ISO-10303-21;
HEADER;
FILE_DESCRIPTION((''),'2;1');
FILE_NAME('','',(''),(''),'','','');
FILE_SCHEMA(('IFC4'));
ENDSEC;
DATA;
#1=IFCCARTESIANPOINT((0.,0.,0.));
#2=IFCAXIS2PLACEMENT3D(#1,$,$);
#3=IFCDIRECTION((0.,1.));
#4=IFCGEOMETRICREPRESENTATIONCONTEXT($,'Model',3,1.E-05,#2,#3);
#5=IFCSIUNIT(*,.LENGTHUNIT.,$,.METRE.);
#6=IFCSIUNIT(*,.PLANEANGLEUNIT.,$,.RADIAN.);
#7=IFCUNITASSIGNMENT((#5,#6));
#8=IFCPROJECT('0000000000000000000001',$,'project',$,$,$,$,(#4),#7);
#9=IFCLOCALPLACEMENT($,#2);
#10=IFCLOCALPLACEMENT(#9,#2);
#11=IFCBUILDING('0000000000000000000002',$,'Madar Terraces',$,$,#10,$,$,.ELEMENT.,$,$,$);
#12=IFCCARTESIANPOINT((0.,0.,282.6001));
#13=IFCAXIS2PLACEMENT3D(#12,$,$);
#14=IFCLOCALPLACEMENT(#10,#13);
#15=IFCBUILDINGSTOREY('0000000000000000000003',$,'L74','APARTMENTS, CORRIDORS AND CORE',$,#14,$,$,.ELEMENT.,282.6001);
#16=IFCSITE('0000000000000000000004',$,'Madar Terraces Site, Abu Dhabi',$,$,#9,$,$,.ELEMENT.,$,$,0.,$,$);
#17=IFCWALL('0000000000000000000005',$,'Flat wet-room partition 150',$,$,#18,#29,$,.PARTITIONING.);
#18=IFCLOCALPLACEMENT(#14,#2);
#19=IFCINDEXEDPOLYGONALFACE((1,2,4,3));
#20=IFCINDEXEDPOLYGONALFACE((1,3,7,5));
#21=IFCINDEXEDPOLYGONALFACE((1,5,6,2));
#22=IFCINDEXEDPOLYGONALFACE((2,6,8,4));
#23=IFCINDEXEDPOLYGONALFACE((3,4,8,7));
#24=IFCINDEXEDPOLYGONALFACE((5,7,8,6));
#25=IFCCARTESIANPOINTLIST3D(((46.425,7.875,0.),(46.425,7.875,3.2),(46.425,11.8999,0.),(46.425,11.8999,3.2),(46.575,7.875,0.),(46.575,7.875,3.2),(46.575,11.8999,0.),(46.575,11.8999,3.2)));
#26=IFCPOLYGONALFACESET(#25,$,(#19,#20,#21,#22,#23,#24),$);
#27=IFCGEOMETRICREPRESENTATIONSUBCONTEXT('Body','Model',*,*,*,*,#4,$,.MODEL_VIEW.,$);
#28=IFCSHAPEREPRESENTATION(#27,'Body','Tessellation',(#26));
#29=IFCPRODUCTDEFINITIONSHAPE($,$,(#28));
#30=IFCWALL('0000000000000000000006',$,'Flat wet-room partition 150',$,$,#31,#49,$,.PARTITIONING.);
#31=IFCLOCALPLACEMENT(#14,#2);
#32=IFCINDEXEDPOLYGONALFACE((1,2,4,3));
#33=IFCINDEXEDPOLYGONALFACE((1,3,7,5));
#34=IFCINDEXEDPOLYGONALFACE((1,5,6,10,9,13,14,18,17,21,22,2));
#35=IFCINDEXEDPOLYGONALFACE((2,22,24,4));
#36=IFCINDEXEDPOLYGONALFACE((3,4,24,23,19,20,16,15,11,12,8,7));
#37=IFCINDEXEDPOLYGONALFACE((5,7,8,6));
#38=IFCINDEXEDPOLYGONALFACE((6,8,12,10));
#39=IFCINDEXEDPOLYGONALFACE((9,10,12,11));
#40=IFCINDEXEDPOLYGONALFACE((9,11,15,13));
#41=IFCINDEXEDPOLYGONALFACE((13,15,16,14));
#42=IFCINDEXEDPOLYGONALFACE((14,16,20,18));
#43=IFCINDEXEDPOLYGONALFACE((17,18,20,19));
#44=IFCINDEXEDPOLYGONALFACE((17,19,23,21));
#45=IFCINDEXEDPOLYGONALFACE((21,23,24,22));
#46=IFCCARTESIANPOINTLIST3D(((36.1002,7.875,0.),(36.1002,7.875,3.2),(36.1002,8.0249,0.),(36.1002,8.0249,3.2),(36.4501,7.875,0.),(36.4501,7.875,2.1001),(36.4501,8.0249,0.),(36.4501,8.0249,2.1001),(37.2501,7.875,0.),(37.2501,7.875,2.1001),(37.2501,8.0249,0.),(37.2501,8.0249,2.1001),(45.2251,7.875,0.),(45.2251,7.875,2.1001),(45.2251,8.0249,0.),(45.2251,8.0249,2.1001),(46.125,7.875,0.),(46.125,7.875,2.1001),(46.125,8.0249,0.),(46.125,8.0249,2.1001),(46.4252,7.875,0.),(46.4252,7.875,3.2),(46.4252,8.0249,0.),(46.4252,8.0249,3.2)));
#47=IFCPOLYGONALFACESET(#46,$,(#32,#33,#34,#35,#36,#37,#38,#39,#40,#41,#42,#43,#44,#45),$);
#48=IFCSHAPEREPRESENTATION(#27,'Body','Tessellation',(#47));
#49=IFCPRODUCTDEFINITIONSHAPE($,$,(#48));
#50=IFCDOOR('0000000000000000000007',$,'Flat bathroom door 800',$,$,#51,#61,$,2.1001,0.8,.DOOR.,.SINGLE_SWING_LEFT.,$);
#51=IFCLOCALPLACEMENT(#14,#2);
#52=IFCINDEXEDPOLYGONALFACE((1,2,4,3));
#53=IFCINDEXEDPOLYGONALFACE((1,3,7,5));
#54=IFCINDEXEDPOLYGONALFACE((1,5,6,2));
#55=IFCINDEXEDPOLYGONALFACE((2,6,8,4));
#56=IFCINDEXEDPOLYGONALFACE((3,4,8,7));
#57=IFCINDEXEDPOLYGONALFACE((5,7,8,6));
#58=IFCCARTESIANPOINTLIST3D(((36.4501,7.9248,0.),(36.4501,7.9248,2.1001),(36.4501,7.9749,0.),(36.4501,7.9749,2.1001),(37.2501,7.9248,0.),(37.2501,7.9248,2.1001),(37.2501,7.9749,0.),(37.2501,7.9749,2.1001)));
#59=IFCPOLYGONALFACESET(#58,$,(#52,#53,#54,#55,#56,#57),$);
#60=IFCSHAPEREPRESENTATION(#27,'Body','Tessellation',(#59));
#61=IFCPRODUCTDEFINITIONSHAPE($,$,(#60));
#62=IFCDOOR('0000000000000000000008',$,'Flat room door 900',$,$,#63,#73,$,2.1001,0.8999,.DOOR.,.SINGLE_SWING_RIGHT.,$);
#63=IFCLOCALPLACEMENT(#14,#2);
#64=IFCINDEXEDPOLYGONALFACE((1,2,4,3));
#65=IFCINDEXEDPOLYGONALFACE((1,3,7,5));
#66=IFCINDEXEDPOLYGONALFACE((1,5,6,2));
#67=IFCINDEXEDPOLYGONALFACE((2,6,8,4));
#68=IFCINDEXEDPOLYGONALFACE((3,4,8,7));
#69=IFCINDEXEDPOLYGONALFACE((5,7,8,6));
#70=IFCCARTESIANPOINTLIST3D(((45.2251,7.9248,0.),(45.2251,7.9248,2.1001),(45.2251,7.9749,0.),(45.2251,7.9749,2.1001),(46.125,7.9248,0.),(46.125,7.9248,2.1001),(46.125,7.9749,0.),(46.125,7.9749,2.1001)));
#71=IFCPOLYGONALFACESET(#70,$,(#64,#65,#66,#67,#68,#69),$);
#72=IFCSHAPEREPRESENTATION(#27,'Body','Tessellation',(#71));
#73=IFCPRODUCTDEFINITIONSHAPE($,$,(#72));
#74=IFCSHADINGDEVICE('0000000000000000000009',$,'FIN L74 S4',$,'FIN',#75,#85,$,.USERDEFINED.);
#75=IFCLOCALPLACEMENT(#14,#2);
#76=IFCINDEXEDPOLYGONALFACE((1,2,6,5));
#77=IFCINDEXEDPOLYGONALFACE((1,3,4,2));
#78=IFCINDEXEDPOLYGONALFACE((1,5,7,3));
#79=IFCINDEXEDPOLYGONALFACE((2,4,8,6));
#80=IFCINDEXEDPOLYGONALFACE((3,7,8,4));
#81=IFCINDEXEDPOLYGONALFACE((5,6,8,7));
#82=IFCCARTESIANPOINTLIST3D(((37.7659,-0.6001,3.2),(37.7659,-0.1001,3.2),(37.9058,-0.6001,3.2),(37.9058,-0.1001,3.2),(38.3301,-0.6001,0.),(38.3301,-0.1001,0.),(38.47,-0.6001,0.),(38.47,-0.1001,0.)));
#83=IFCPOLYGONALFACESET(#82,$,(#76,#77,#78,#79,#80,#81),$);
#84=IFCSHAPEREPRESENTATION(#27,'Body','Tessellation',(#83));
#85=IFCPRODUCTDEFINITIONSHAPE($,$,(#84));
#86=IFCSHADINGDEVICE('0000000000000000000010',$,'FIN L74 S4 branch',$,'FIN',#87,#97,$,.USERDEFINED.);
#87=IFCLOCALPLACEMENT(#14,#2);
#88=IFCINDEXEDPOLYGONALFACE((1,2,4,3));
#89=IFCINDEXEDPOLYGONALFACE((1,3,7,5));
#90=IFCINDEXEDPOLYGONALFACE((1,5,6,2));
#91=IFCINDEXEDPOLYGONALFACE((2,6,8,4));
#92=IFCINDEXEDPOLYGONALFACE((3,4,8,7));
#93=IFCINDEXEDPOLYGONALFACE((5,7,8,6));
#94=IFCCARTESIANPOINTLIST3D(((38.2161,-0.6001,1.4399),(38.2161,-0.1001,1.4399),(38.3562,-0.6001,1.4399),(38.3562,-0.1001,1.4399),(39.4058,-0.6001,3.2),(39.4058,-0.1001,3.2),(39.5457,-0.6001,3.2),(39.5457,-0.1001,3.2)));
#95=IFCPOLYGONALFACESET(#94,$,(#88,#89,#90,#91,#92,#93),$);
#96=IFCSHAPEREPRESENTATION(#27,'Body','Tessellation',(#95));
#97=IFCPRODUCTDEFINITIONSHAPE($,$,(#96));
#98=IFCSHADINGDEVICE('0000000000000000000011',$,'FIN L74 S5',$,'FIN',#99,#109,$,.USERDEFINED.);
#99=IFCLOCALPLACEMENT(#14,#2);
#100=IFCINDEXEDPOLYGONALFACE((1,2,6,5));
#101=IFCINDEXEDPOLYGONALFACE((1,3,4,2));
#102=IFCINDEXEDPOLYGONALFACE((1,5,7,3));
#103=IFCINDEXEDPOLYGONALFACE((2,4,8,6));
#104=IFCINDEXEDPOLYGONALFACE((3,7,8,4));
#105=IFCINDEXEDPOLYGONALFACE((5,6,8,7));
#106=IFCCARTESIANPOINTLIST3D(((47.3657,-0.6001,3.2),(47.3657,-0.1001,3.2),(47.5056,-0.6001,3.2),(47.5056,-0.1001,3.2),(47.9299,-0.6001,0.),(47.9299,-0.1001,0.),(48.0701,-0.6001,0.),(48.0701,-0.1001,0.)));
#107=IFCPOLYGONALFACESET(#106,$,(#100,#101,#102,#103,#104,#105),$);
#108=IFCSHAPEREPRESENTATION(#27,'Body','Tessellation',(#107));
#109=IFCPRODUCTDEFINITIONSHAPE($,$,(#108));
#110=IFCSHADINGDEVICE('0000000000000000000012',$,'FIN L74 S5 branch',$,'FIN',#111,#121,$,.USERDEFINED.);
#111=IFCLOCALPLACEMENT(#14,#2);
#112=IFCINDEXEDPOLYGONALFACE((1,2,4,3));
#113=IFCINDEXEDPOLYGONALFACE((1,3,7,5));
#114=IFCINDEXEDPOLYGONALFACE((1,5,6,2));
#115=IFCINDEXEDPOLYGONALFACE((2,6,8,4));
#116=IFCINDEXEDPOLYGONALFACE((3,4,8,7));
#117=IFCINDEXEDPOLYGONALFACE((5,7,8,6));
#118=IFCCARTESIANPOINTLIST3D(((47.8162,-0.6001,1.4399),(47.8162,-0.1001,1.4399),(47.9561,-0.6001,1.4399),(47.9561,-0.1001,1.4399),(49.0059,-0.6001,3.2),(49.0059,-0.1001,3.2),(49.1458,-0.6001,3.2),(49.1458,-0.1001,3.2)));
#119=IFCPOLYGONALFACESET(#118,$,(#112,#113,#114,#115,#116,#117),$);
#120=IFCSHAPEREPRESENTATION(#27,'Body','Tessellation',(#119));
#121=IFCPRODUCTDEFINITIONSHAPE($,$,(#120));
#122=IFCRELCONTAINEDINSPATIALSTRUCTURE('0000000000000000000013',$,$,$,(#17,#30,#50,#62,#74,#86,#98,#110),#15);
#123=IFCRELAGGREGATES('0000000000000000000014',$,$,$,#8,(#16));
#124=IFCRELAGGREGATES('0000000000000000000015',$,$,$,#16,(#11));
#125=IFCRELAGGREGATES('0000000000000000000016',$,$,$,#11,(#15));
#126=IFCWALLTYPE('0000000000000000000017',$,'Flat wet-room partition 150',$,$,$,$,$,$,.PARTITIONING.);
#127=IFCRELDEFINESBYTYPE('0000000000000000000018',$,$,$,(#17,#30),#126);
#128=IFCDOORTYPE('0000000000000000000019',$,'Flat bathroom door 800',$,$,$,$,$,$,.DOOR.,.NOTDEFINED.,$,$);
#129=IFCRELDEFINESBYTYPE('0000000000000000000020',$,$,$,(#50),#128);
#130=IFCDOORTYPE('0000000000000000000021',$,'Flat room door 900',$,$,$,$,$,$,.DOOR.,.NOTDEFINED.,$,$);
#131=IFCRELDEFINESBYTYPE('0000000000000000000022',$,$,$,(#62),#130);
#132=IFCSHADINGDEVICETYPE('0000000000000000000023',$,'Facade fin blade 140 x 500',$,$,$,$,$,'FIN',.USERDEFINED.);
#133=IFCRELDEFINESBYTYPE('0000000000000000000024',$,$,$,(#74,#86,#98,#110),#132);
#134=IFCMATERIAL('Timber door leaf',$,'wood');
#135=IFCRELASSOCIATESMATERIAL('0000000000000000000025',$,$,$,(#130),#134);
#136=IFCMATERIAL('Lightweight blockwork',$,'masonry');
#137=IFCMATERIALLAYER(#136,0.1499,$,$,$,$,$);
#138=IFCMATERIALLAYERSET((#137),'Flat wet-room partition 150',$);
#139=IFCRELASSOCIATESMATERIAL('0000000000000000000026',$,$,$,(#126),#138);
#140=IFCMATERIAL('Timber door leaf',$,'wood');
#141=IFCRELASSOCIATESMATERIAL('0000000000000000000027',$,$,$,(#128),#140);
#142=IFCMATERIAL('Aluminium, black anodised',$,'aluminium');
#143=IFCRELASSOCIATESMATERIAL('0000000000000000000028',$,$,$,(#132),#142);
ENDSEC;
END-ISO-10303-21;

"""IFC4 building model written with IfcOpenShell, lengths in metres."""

from ifc_helpers import new_model, si_unit, direction, frame, frame_2d, origin, place, context, subcontext, project, spatial, polyline, rectangle, outline, extrude, material, layer, layer_set, type_object, element, fill, save


model = new_model("IFC4")

# Units and contexts
model_context = context("Model", 3, precision=1e-05, world=origin(), true_north=direction((0.0, 1.0)))
body_context = subcontext(model_context, "Body", "Model", "MODEL_VIEW")
ifc_project = project(units=[si_unit("LENGTHUNIT", "METRE"), si_unit("PLANEANGLEUNIT", "RADIAN")], contexts=[model_context])

# Site, building, storey
site_placement = place(None, origin())
site = spatial("IfcSite", under=ifc_project, at=site_placement, Name="Madar Terraces Site, Abu Dhabi", CompositionType="ELEMENT", RefElevation=0.0)
building_placement = place(site_placement, origin())
building = spatial("IfcBuilding", under=site, at=building_placement, Name="Madar Terraces", CompositionType="ELEMENT")
storey_placement = place(building_placement, frame((0.0, 0.0, 282.6001)))
storey = spatial("IfcBuildingStorey", under=building, at=storey_placement, Name="L74", Description="APARTMENTS, CORRIDORS AND CORE", CompositionType="ELEMENT", Elevation=282.6001)

# Shared definitions
ifc_material_1 = material(Name="Timber door leaf", Category="wood")
door_type_1 = type_object("IfcDoorType", Name="Flat room door 900", OperationType="NOTDEFINED", PredefinedType="DOOR", material=ifc_material_1)

# Wall
ifc_material_2 = material(Name="Lightweight blockwork", Category="masonry")
ifc_layer_1 = layer(ifc_material_2, 0.1499)
ifc_layer_set_1 = layer_set([ifc_layer_1], Name="Flat wet-room partition 150")
wall_type_1 = type_object("IfcWallType", Name="Flat wet-room partition 150", PredefinedType="PARTITIONING", material=ifc_layer_set_1)
wall_1_placement = place(storey_placement, frame((46.5, 11.8999, 0.0), z_axis=(0.0, 0.0, 1.0), x_axis=(0.0, -1.0, 0.0)))
element("IfcWall", 1, at=wall_1_placement, inside=storey, type_object=wall_type_1, Name="Flat wet-room partition 150", PredefinedType="PARTITIONING", context=body_context, shape_type="SweptSolid", body=[
    extrude(rectangle(XDim=4.0249, YDim=0.1499, at=frame_2d((2.0125, 0.0))), origin(), (0.0, 0.0, 1.0), 3.2),
])

# Wall, openings, doors
wall_2_placement = place(storey_placement, frame((36.1001, 7.95, 0.0), z_axis=(0.0, 0.0, 1.0), x_axis=(1.0, 0.0, 0.0)))
wall_2 = element("IfcWall", 2, at=wall_2_placement, inside=storey, type_object=wall_type_1, Name="Flat wet-room partition 150", PredefinedType="PARTITIONING", context=body_context, shape_type="SweptSolid", body=[
    extrude(rectangle(XDim=10.325, YDim=0.1499, at=frame_2d((5.1626, 0.0))), origin(), (0.0, 0.0, 1.0), 3.2),
])
opening_1_placement = place(wall_2_placement, frame((9.125, 0.0, 0.0)))
opening_1 = element("IfcOpeningElement", 3, at=opening_1_placement, cuts=wall_2, PredefinedType="OPENING", context=body_context, shape_type="SweptSolid", body=[
    extrude(rectangle(XDim=0.8999, YDim=2.1001, at=frame_2d((0.45, 1.05))), frame((0.0, 0.085, 0.0), z_axis=(0.0, -1.0, 0.0), x_axis=(1.0, 0.0, 0.0)), (0.0, 0.0, 1.0), 0.1699),
])
opening_2_placement = place(wall_2_placement, frame((0.3501, 0.0, 0.0)))
opening_2 = element("IfcOpeningElement", 4, at=opening_2_placement, cuts=wall_2, PredefinedType="OPENING", context=body_context, shape_type="SweptSolid", body=[
    extrude(rectangle(XDim=0.8, YDim=2.1001, at=frame_2d((0.3999, 1.05))), frame((0.0, 0.085, 0.0), z_axis=(0.0, -1.0, 0.0), x_axis=(1.0, 0.0, 0.0)), (0.0, 0.0, 1.0), 0.1699),
])
ifc_material_3 = material(Name="Timber door leaf", Category="wood")
door_type_2 = type_object("IfcDoorType", Name="Flat bathroom door 800", OperationType="NOTDEFINED", PredefinedType="DOOR", material=ifc_material_3)
door_1_placement = place(opening_2_placement, origin())
door_1 = element("IfcDoor", 5, at=door_1_placement, inside=storey, type_object=door_type_2, Name="Flat bathroom door 800", OperationType="SINGLE_SWING_LEFT", OverallHeight=2.1001, OverallWidth=0.8, PredefinedType="DOOR", context=body_context, shape_type="SweptSolid", body=[
    extrude(rectangle(XDim=0.8, YDim=2.1001, at=frame_2d((0.3999, 1.05))), frame((0.0, 0.0249, 0.0), z_axis=(0.0, -1.0, 0.0), x_axis=(1.0, 0.0, 0.0)), (0.0, 0.0, 1.0), 0.05),
])
fill(opening_2, door_1)
door_2_placement = place(opening_1_placement, origin())
door_2 = element("IfcDoor", 6, at=door_2_placement, inside=storey, type_object=door_type_1, Name="Flat room door 900", OperationType="SINGLE_SWING_RIGHT", OverallHeight=2.1001, OverallWidth=0.8999, PredefinedType="DOOR", context=body_context, shape_type="SweptSolid", body=[
    extrude(rectangle(XDim=0.8999, YDim=2.1001, at=frame_2d((0.45, 1.05))), frame((0.0, 0.0249, 0.0), z_axis=(0.0, -1.0, 0.0), x_axis=(1.0, 0.0, 0.0)), (0.0, 0.0, 1.0), 0.05),
])
fill(opening_1, door_2)

# Shading devices
ifc_material_4 = material(Name="Aluminium, black anodised", Category="aluminium")
shading_device_type = type_object("IfcShadingDeviceType", Name="Facade fin blade 140 x 500", ElementType="FIN", PredefinedType="USERDEFINED", material=ifc_material_4)
shading_device_1_placement = place(storey_placement, frame((38.3301, -0.3501, 0.0), z_axis=(0.0, 0.0, 1.0), x_axis=(1.0, 0.0, 0.0)))
element("IfcShadingDevice", 7, at=shading_device_1_placement, inside=storey, type_object=shading_device_type, Name="FIN L74 S4", ObjectType="FIN", PredefinedType="USERDEFINED", context=body_context, shape_type="SweptSolid", body=[
    extrude(outline(polyline([(0.0, 0.0), (0.1399, 0.0), (-0.4243, 3.2), (-0.5642, 3.2), (0.0, 0.0)])), frame((0.0, 0.25, 0.0), z_axis=(0.0, -1.0, 0.0), x_axis=(1.0, 0.0, 0.0)), (0.0, 0.0, 1.0), 0.5),
])
shading_device_2_placement = place(storey_placement, frame((38.2161, -0.3501, 1.4399), z_axis=(0.0, 0.0, 1.0), x_axis=(1.0, 0.0, 0.0)))
element("IfcShadingDevice", 8, at=shading_device_2_placement, inside=storey, type_object=shading_device_type, Name="FIN L74 S4 branch", ObjectType="FIN", PredefinedType="USERDEFINED", context=body_context, shape_type="SweptSolid", body=[
    extrude(outline(polyline([(0.0, 0.0), (0.1401, 0.0), (1.3296, 1.76), (1.1897, 1.76), (0.0, 0.0)])), frame((0.0, 0.25, 0.0), z_axis=(0.0, -1.0, 0.0), x_axis=(1.0, 0.0, 0.0)), (0.0, 0.0, 1.0), 0.5),
])
shading_device_3_placement = place(storey_placement, frame((47.9299, -0.3501, 0.0), z_axis=(0.0, 0.0, 1.0), x_axis=(1.0, 0.0, 0.0)))
element("IfcShadingDevice", 9, at=shading_device_3_placement, inside=storey, type_object=shading_device_type, Name="FIN L74 S5", ObjectType="FIN", PredefinedType="USERDEFINED", context=body_context, shape_type="SweptSolid", body=[
    extrude(outline(polyline([(0.0, 0.0), (0.1401, 0.0), (-0.4243, 3.2), (-0.5642, 3.2), (0.0, 0.0)])), frame((0.0, 0.25, 0.0), z_axis=(0.0, -1.0, 0.0), x_axis=(1.0, 0.0, 0.0)), (0.0, 0.0, 1.0), 0.5),
])
shading_device_4_placement = place(storey_placement, frame((47.8162, -0.3501, 1.4399), z_axis=(0.0, 0.0, 1.0), x_axis=(1.0, 0.0, 0.0)))
element("IfcShadingDevice", 10, at=shading_device_4_placement, inside=storey, type_object=shading_device_type, Name="FIN L74 S5 branch", ObjectType="FIN", PredefinedType="USERDEFINED", context=body_context, shape_type="SweptSolid", body=[
    extrude(outline(polyline([(0.0, 0.0), (0.1399, 0.0), (1.3296, 1.76), (1.1897, 1.76), (0.0, 0.0)])), frame((0.0, 0.25, 0.0), z_axis=(0.0, -1.0, 0.0), x_axis=(1.0, 0.0, 0.0)), (0.0, 0.0, 1.0), 0.5),
])

save(model, "model.ifc")
